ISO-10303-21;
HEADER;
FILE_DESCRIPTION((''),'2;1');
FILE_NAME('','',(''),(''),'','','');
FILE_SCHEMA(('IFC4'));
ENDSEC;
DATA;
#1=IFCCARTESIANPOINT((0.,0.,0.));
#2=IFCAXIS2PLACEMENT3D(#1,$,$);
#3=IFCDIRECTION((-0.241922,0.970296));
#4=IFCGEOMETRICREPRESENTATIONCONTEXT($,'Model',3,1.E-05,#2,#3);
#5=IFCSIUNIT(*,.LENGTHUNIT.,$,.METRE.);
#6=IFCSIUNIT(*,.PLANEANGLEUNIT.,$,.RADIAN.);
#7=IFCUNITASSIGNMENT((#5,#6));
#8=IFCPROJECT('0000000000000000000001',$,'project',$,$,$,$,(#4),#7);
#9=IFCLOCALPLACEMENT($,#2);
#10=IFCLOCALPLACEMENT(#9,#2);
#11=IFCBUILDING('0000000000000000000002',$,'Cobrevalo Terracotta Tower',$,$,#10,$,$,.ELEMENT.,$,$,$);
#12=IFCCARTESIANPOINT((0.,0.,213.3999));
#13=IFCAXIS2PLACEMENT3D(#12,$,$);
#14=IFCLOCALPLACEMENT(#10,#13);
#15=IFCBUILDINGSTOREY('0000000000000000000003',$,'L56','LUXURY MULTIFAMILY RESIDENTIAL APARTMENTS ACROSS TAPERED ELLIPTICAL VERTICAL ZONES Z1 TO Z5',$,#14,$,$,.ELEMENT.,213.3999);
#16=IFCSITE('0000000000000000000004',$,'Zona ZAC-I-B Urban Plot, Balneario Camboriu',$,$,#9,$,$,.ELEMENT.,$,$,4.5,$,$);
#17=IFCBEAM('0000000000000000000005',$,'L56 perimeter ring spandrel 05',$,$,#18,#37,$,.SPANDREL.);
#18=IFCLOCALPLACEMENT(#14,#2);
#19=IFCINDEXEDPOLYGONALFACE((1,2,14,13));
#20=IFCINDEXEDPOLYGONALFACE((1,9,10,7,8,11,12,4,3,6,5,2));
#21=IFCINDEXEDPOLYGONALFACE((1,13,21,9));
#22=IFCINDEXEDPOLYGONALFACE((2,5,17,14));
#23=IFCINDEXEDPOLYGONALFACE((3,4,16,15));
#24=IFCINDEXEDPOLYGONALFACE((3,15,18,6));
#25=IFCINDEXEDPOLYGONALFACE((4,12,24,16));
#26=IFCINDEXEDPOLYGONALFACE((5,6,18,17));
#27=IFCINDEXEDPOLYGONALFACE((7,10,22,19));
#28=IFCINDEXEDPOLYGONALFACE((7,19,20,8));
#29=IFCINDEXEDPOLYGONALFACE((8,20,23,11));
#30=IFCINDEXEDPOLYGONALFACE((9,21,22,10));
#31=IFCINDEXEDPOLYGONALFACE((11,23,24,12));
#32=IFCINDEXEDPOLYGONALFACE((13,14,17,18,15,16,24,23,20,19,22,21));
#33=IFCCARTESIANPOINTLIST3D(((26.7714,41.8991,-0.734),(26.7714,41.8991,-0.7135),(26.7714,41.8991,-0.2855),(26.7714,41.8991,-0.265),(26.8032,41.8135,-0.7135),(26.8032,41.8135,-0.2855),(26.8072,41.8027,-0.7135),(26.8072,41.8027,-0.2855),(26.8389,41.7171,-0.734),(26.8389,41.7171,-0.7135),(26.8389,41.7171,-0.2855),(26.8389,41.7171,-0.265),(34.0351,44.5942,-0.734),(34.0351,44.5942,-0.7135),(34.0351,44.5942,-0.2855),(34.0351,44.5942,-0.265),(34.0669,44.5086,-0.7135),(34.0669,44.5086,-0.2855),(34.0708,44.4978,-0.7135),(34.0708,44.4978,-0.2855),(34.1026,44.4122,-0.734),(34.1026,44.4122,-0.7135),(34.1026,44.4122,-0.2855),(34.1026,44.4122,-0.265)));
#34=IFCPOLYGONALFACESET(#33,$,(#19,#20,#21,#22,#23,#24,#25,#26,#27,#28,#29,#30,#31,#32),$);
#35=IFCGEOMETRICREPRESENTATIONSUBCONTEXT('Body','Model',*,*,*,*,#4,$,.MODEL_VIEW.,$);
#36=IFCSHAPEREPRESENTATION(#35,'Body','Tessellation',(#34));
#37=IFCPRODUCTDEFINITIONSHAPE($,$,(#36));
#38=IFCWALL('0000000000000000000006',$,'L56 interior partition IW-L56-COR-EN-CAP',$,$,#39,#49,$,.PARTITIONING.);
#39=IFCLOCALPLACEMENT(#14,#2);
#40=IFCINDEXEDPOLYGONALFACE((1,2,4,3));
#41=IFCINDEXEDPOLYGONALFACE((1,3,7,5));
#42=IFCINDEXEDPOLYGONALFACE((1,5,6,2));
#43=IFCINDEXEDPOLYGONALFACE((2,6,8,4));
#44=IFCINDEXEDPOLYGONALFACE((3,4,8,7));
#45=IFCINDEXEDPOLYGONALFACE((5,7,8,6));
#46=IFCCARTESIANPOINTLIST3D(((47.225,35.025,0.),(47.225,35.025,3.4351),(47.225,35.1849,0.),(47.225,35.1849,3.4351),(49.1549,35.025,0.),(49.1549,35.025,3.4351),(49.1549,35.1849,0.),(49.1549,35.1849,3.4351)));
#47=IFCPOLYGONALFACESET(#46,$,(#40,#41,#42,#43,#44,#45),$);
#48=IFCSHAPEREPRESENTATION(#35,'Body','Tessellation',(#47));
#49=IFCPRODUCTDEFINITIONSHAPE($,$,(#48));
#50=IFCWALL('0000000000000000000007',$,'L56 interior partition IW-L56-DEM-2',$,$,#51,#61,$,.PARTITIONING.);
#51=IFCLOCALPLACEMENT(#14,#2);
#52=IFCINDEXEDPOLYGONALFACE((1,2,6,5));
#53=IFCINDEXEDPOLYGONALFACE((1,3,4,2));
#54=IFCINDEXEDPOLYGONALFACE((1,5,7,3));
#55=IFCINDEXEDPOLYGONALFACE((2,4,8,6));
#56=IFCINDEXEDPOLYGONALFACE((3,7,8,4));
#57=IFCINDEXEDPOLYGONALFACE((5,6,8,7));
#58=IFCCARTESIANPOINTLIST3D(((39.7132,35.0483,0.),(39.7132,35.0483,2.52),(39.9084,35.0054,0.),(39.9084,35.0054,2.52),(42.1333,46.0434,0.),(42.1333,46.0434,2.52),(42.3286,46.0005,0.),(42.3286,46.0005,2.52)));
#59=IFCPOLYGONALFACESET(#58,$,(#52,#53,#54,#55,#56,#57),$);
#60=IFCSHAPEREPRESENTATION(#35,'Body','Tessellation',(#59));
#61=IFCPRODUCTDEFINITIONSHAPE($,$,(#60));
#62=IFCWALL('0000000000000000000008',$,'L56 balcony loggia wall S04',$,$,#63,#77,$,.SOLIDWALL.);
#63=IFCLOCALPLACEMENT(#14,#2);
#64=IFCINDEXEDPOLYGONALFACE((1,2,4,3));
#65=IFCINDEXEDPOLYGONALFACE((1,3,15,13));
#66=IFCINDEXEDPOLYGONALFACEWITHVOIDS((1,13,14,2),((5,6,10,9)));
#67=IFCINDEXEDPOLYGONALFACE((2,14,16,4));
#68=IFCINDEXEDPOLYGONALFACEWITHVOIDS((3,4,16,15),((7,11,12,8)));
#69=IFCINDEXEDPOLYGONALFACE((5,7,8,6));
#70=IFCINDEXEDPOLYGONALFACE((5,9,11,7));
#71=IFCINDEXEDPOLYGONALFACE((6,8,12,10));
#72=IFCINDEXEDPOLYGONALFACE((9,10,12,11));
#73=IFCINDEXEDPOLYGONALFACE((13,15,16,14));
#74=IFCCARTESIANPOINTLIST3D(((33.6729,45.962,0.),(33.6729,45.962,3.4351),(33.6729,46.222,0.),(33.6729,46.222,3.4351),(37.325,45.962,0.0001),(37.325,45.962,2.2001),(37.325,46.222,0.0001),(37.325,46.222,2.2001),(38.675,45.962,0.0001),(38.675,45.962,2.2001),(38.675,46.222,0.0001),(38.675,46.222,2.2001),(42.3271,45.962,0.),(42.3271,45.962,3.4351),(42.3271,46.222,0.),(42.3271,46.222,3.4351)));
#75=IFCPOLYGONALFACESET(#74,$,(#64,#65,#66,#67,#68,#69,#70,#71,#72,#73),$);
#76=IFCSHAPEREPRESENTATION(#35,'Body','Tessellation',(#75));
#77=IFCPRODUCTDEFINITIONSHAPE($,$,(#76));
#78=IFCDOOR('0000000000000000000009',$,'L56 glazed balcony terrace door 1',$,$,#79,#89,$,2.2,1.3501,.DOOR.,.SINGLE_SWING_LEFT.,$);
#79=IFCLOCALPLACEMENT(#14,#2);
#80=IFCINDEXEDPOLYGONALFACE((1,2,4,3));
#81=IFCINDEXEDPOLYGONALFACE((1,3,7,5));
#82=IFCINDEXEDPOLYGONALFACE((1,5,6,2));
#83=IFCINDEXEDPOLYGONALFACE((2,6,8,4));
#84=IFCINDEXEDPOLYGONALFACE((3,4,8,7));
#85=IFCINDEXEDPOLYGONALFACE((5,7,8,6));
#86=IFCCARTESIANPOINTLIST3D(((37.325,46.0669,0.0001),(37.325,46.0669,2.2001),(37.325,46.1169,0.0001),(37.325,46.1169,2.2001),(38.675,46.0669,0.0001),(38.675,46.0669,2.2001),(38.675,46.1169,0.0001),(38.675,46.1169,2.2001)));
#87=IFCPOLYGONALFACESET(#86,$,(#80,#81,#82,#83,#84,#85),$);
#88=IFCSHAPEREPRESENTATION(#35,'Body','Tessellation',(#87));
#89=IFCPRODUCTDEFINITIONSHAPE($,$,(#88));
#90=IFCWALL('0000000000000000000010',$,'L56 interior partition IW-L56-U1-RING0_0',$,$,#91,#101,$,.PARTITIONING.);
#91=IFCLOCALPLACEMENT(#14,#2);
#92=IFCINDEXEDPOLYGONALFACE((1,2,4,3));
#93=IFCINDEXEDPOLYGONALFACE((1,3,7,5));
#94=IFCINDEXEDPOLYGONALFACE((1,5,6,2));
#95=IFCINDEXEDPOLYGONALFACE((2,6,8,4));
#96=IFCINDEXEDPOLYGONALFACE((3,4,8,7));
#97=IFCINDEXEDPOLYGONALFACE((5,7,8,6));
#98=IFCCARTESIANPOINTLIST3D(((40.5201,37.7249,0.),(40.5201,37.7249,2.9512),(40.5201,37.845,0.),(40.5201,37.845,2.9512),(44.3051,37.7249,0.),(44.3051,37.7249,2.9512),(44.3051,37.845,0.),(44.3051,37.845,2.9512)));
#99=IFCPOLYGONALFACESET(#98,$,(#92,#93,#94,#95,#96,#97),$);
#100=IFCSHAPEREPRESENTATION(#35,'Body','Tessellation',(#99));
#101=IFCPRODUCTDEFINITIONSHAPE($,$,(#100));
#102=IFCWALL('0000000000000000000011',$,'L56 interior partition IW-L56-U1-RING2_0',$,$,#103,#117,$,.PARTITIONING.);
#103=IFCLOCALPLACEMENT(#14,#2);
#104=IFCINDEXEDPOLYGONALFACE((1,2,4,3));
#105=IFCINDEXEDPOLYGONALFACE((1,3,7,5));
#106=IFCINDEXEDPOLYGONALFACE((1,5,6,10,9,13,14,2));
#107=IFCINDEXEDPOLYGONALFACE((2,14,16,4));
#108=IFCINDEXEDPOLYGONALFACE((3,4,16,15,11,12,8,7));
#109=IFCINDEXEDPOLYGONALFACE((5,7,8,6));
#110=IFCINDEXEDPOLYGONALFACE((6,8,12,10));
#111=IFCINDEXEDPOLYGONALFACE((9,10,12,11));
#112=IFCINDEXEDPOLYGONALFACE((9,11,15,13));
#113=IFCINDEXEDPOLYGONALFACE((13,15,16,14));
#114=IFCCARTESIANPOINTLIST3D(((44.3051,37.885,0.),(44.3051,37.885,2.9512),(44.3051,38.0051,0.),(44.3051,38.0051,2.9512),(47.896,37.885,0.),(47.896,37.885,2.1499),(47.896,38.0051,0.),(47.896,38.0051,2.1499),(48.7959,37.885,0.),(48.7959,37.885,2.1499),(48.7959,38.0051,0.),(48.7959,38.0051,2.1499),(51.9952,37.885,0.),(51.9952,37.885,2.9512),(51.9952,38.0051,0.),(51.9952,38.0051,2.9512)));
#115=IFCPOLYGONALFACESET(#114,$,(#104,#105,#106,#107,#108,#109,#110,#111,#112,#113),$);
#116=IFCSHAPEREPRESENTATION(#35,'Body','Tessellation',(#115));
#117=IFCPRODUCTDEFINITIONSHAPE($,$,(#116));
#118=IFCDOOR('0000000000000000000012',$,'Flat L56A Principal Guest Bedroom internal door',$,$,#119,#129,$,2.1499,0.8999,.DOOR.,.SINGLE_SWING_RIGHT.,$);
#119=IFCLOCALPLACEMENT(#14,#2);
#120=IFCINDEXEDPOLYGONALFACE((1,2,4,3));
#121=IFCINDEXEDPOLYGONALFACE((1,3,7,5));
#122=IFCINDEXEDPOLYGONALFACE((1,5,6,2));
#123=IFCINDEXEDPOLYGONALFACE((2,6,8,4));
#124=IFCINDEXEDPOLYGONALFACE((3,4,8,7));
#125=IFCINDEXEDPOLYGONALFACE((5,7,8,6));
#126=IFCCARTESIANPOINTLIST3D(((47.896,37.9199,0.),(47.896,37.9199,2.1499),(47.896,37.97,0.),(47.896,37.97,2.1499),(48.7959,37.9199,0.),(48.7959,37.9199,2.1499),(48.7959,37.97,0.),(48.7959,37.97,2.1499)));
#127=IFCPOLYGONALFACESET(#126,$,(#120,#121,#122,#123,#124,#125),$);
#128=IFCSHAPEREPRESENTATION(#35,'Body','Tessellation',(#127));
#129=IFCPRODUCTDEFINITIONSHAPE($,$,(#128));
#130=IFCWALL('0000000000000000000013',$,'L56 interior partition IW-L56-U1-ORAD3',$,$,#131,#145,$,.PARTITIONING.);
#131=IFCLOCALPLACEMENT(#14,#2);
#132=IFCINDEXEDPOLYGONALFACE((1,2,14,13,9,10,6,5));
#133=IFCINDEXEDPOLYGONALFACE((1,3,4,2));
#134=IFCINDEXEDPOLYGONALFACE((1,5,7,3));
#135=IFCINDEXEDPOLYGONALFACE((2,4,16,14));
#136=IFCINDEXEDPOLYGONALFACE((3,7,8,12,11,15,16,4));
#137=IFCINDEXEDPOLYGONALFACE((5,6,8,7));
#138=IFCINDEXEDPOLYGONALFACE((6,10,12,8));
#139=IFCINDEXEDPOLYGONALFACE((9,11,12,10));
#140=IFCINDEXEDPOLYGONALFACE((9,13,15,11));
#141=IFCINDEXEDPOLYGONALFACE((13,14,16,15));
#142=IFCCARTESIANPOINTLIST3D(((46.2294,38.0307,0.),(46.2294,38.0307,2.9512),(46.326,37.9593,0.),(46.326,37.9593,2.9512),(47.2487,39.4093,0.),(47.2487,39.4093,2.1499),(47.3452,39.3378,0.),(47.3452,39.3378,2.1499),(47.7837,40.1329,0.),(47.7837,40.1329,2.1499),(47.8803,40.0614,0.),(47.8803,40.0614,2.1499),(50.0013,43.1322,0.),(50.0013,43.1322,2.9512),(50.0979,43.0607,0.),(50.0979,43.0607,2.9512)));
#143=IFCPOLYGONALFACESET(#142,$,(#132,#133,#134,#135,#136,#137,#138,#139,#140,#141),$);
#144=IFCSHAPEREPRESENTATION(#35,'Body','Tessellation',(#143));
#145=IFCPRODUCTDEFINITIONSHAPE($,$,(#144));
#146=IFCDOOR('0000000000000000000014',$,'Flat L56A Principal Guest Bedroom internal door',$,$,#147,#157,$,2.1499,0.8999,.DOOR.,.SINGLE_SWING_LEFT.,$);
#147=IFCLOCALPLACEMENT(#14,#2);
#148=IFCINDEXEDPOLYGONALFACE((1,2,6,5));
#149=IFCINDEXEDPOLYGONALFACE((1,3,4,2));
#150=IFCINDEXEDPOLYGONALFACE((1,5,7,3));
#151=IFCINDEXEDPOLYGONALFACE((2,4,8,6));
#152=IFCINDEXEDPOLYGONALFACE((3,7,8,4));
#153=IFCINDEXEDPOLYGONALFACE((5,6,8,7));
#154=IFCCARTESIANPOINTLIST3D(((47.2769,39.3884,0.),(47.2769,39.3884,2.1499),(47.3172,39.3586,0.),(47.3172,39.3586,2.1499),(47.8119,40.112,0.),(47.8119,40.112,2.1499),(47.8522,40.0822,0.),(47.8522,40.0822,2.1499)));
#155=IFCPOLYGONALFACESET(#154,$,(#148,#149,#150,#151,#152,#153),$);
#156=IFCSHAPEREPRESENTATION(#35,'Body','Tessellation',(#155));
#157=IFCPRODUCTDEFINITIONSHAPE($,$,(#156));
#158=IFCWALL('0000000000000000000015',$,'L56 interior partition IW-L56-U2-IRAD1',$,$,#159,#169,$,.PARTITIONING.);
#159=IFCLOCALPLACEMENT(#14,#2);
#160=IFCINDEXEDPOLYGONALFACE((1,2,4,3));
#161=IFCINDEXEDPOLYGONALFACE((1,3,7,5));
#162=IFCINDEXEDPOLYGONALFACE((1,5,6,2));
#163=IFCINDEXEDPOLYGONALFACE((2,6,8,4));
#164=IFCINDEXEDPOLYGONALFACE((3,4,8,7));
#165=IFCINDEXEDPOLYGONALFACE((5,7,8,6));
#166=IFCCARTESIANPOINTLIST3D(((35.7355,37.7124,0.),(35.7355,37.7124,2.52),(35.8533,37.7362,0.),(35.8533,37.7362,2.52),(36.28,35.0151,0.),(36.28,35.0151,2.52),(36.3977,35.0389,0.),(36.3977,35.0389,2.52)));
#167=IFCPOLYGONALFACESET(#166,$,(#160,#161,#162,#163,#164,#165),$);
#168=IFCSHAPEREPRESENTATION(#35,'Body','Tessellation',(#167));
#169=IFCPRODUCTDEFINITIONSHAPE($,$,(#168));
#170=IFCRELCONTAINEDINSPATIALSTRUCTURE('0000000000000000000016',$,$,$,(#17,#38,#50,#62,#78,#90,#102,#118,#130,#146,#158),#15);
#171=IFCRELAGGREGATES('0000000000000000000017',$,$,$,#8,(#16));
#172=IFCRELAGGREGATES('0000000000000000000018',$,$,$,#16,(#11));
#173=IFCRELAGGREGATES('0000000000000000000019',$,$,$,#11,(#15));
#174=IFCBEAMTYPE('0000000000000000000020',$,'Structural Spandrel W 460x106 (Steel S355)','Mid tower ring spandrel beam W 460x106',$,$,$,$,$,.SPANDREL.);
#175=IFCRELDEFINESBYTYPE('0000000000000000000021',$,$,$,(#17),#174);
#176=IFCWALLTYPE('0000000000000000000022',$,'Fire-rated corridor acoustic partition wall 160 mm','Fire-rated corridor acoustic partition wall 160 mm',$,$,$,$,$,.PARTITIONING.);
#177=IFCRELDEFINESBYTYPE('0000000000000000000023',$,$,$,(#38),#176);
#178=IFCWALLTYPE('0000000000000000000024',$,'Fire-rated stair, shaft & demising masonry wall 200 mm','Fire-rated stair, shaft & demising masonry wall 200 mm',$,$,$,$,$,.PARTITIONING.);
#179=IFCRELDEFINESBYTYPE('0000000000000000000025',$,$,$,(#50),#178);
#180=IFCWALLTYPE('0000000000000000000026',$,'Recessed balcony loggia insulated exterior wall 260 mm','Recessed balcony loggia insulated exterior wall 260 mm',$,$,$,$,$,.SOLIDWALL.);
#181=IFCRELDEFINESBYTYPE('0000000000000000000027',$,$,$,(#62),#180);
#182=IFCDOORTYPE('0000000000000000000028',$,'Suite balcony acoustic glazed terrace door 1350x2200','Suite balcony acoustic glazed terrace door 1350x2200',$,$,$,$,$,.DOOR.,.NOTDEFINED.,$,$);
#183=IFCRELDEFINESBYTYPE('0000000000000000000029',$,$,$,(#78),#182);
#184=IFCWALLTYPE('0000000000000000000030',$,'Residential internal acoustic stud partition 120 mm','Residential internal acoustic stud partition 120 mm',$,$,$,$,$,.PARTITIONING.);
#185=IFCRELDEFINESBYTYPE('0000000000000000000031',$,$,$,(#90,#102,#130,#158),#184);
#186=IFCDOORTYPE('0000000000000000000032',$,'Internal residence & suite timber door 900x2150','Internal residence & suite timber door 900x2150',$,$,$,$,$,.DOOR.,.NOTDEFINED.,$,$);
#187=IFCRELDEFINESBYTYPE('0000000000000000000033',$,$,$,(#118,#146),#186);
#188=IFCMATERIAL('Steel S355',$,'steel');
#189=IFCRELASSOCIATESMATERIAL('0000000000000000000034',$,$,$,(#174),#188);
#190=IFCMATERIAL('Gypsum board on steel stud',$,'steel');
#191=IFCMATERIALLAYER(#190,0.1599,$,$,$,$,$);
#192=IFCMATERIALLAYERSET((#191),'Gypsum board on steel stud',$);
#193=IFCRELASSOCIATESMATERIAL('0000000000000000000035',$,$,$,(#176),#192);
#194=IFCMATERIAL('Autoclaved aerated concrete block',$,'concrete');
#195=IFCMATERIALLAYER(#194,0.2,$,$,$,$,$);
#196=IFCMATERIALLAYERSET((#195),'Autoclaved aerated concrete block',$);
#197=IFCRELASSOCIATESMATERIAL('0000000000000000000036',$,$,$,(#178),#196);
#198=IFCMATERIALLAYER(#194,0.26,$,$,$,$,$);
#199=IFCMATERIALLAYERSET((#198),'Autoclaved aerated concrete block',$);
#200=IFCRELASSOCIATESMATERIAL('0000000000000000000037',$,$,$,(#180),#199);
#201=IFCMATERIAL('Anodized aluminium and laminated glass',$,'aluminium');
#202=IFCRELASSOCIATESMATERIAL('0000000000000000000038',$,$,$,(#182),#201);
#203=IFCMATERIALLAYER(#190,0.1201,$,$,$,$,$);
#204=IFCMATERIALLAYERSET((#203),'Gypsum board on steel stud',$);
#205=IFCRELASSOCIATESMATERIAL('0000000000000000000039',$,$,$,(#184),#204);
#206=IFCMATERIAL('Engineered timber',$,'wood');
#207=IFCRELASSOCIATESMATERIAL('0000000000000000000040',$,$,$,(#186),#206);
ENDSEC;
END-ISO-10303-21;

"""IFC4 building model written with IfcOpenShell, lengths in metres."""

from ifc_helpers import new_model, si_unit, direction, frame, frame_2d, origin, origin_2d, place, context, subcontext, project, spatial, rectangle, i_section, extrude, source, transform, mapped, material, layer, layer_set, material_profile, profile_set, type_object, element, fill, save


model = new_model("IFC4")

# Units and contexts
model_context = context("Model", 3, precision=1e-05, world=origin(), true_north=direction((-0.241922, 0.970296)))
body_context = subcontext(model_context, "Body", "Model", "MODEL_VIEW")
ifc_project = project(units=[si_unit("LENGTHUNIT", "METRE"), si_unit("PLANEANGLEUNIT", "RADIAN")], contexts=[model_context])

# Site, building, storey
site_placement = place(None, origin())
site = spatial("IfcSite", under=ifc_project, at=site_placement, Name="Zona ZAC-I-B Urban Plot, Balneario Camboriu", CompositionType="ELEMENT", RefElevation=4.5)
building_placement = place(site_placement, origin())
building = spatial("IfcBuilding", under=site, at=building_placement, Name="Cobrevalo Terracotta Tower", CompositionType="ELEMENT")
storey_placement = place(building_placement, frame((0.0, 0.0, 213.3999)))
storey = spatial("IfcBuildingStorey", under=building, at=storey_placement, Name="L56", Description="LUXURY MULTIFAMILY RESIDENTIAL APARTMENTS ACROSS TAPERED ELLIPTICAL VERTICAL ZONES Z1 TO Z5", CompositionType="ELEMENT", Elevation=213.3999)

# Shared definitions
ifc_material_1 = material(Name="Steel S355", Category="steel")

# Beam
ifc_material_profile_1 = material_profile(ifc_material_1, i_section(OverallWidth=0.1941, OverallDepth=0.469, WebThickness=0.0115, FlangeThickness=0.0205, at=origin_2d()), Name="W 460x106")
ifc_profile_set_1 = profile_set([ifc_material_profile_1], Name="Steel S355")
beam_type_1 = type_object("IfcBeamType", Name="Structural Spandrel W 460x106 (Steel S355)", Description="Mid tower ring spandrel beam W 460x106", PredefinedType="SPANDREL", material=ifc_profile_set_1)
beam_1_placement = place(storey_placement, frame((34.0688, 44.5032, -0.4995), z_axis=(-0.937546, -0.347861, 0.0), x_axis=(0.347861, -0.937546, 0.0)))
element("IfcBeam", 1, at=beam_1_placement, inside=storey, type_object=beam_type_1, Name="L56 perimeter ring spandrel 05", PredefinedType="SPANDREL", context=body_context, shape_type="SweptSolid", body=[
    extrude(i_section(OverallWidth=0.1941, OverallDepth=0.469, WebThickness=0.0115, FlangeThickness=0.0205, at=origin_2d()), origin(), (0.0, 0.0, 1.0), 7.7476),
])

# Walls
ifc_material_2 = material(Name="Gypsum board on steel stud", Category="steel")
ifc_layer_1 = layer(ifc_material_2, 0.1599)
ifc_layer_set_1 = layer_set([ifc_layer_1], Name="Gypsum board on steel stud")
wall_type_1 = type_object("IfcWallType", Name="Fire-rated corridor acoustic partition wall 160 mm", Description="Fire-rated corridor acoustic partition wall 160 mm", PredefinedType="PARTITIONING", material=ifc_layer_set_1)
wall_1_placement = place(storey_placement, frame((47.2251, 35.105, 0.0), z_axis=(0.0, 0.0, 1.0), x_axis=(1.0, 0.0, 0.0)))
element("IfcWall", 2, at=wall_1_placement, inside=storey, type_object=wall_type_1, Name="L56 interior partition IW-L56-COR-EN-CAP", PredefinedType="PARTITIONING", context=body_context, shape_type="SweptSolid", body=[
    extrude(rectangle(XDim=1.9299, YDim=0.1599, at=frame_2d((0.9648, 0.0))), origin(), (0.0, 0.0, 1.0), 3.4351),
])
ifc_material_3 = material(Name="Autoclaved aerated concrete block", Category="concrete")
ifc_layer_2 = layer(ifc_material_3, 0.2)
ifc_layer_set_2 = layer_set([ifc_layer_2], Name="Autoclaved aerated concrete block")
wall_type_2 = type_object("IfcWallType", Name="Fire-rated stair, shaft & demising masonry wall 200 mm", Description="Fire-rated stair, shaft & demising masonry wall 200 mm", PredefinedType="PARTITIONING", material=ifc_layer_set_2)
wall_2_placement = place(storey_placement, frame((39.8108, 35.0269, 0.0), z_axis=(0.0, 0.0, 1.0), x_axis=(0.214967, 0.976621, 0.0)))
element("IfcWall", 3, at=wall_2_placement, inside=storey, type_object=wall_type_2, Name="L56 interior partition IW-L56-DEM-2", PredefinedType="PARTITIONING", context=body_context, shape_type="SweptSolid", body=[
    extrude(rectangle(XDim=11.2583, YDim=0.2, at=frame_2d((5.6292, 0.0))), origin(), (0.0, 0.0, 1.0), 2.52),
])

# Wall, opening, door
ifc_layer_3 = layer(ifc_material_3, 0.26)
ifc_layer_set_3 = layer_set([ifc_layer_3], Name="Autoclaved aerated concrete block")
wall_type_3 = type_object("IfcWallType", Name="Recessed balcony loggia insulated exterior wall 260 mm", Description="Recessed balcony loggia insulated exterior wall 260 mm", PredefinedType="SOLIDWALL", material=ifc_layer_set_3)
wall_3_placement = place(storey_placement, frame((42.3271, 46.092, 0.0), z_axis=(0.0, 0.0, 1.0), x_axis=(-1.0, 0.0, 0.0)))
wall_3 = element("IfcWall", 4, at=wall_3_placement, inside=storey, type_object=wall_type_3, Name="L56 balcony loggia wall S04", PredefinedType="SOLIDWALL", context=body_context, shape_type="SweptSolid", body=[
    extrude(rectangle(XDim=8.6543, YDim=0.26, at=frame_2d((4.3271, 0.0))), origin(), (0.0, 0.0, 1.0), 3.4351),
])
opening_1_placement = place(wall_3_placement, frame((3.6521, 0.0, 0.0)))
opening_1 = element("IfcOpeningElement", 5, at=opening_1_placement, cuts=wall_3, PredefinedType="OPENING", context=body_context, shape_type="SweptSolid", body=[
    extrude(rectangle(XDim=1.3501, YDim=2.2, at=frame_2d((0.675, 1.1001))), frame((0.0, 0.1401, 0.0), z_axis=(0.0, -1.0, 0.0), x_axis=(1.0, 0.0, 0.0)), (0.0, 0.0, 1.0), 0.28),
])
ifc_material_4 = material(Name="Anodized aluminium and laminated glass", Category="aluminium")
door_type_1 = type_object("IfcDoorType", Name="Suite balcony acoustic glazed terrace door 1350x2200", Description="Suite balcony acoustic glazed terrace door 1350x2200", OperationType="NOTDEFINED", PredefinedType="DOOR", material=ifc_material_4)
shared_shape_1 = source(origin(), body_context, "Body", "SweptSolid", [
    extrude(rectangle(XDim=1.3501, YDim=2.2, at=frame_2d((0.675, 1.1001))), frame((0.0, 0.0249, 0.0), z_axis=(0.0, -1.0, 0.0), x_axis=(1.0, 0.0, 0.0)), (0.0, 0.0, 1.0), 0.05),
])
door_1_placement = place(opening_1_placement, frame((1.3501, 0.0, 0.0), z_axis=(0.0, 0.0, 1.0), x_axis=(-1.0, 0.0, 0.0)))
door_1 = element("IfcDoor", 6, at=door_1_placement, inside=storey, type_object=door_type_1, Name="L56 glazed balcony terrace door 1", OperationType="SINGLE_SWING_LEFT", OverallHeight=2.2, OverallWidth=1.3501, PredefinedType="DOOR", context=body_context, shape_type="MappedRepresentation", body=[
    mapped(shared_shape_1, transform((0.0, 0.0, 0.0), scale=1.0)),
])
fill(opening_1, door_1)

# Wall
ifc_layer_4 = layer(ifc_material_2, 0.1201)
ifc_layer_set_4 = layer_set([ifc_layer_4], Name="Gypsum board on steel stud")
wall_type_4 = type_object("IfcWallType", Name="Residential internal acoustic stud partition 120 mm", Description="Residential internal acoustic stud partition 120 mm", PredefinedType="PARTITIONING", material=ifc_layer_set_4)
wall_4_placement = place(storey_placement, frame((40.52, 37.7849, 0.0), z_axis=(0.0, 0.0, 1.0), x_axis=(1.0, 0.0, 0.0)))
element("IfcWall", 7, at=wall_4_placement, inside=storey, type_object=wall_type_4, Name="L56 interior partition IW-L56-U1-RING0_0", PredefinedType="PARTITIONING", context=body_context, shape_type="SweptSolid", body=[
    extrude(rectangle(XDim=3.7849, YDim=0.1201, at=frame_2d((1.8926, 0.0))), origin(), (0.0, 0.0, 1.0), 2.9512),
])

# Walls, openings, doors
wall_5_placement = place(storey_placement, frame((44.3049, 37.9451, 0.0), z_axis=(0.0, 0.0, 1.0), x_axis=(1.0, 0.0, 0.0)))
wall_5 = element("IfcWall", 8, at=wall_5_placement, inside=storey, type_object=wall_type_4, Name="L56 interior partition IW-L56-U1-RING2_0", PredefinedType="PARTITIONING", context=body_context, shape_type="SweptSolid", body=[
    extrude(rectangle(XDim=7.6902, YDim=0.1201, at=frame_2d((3.8452, 0.0))), origin(), (0.0, 0.0, 1.0), 2.9512),
])
opening_2_placement = place(wall_5_placement, frame((3.5911, 0.0, 0.0)))
opening_2 = element("IfcOpeningElement", 9, at=opening_2_placement, cuts=wall_5, PredefinedType="OPENING", context=body_context, shape_type="SweptSolid", body=[
    extrude(rectangle(XDim=0.8999, YDim=2.1499, at=frame_2d((0.45, 1.075))), frame((0.0, 0.0701, 0.0), z_axis=(0.0, -1.0, 0.0), x_axis=(1.0, 0.0, 0.0)), (0.0, 0.0, 1.0), 0.1401),
])
ifc_material_5 = material(Name="Engineered timber", Category="wood")
door_type_2 = type_object("IfcDoorType", Name="Internal residence & suite timber door 900x2150", Description="Internal residence & suite timber door 900x2150", OperationType="NOTDEFINED", PredefinedType="DOOR", material=ifc_material_5)
shared_shape_2 = source(origin(), body_context, "Body", "SweptSolid", [
    extrude(rectangle(XDim=0.8999, YDim=2.1499, at=frame_2d((0.45, 1.075))), frame((0.0, 0.0249, 0.0), z_axis=(0.0, -1.0, 0.0), x_axis=(1.0, 0.0, 0.0)), (0.0, 0.0, 1.0), 0.05),
])
door_2_placement = place(opening_2_placement, origin())
door_2 = element("IfcDoor", 10, at=door_2_placement, inside=storey, type_object=door_type_2, Name="Flat L56A Principal Guest Bedroom internal door", OperationType="SINGLE_SWING_RIGHT", OverallHeight=2.1499, OverallWidth=0.8999, PredefinedType="DOOR", context=body_context, shape_type="MappedRepresentation", body=[
    mapped(shared_shape_2, transform((0.0, 0.0, 0.0), scale=1.0)),
])
fill(opening_2, door_2)
wall_6_placement = place(storey_placement, frame((46.2776, 37.9949, 0.0), z_axis=(0.0, 0.0, 1.0), x_axis=(0.594519, 0.804082, 0.0)))
wall_6 = element("IfcWall", 11, at=wall_6_placement, inside=storey, type_object=wall_type_4, Name="L56 interior partition IW-L56-U1-ORAD3", PredefinedType="PARTITIONING", context=body_context, shape_type="SweptSolid", body=[
    extrude(rectangle(XDim=6.3445, YDim=0.1201, at=frame_2d((3.1724, 0.0))), origin(), (0.0, 0.0, 1.0), 2.9512),
])
opening_3_placement = place(wall_6_placement, frame((1.7146, 0.0, 0.0)))
opening_3 = element("IfcOpeningElement", 12, at=opening_3_placement, cuts=wall_6, PredefinedType="OPENING", context=body_context, shape_type="SweptSolid", body=[
    extrude(rectangle(XDim=0.8999, YDim=2.1499, at=frame_2d((0.45, 1.075))), frame((0.0, 0.0701, 0.0), z_axis=(0.0, -1.0, 0.0), x_axis=(1.0, 0.0, 0.0)), (0.0, 0.0, 1.0), 0.1401),
])
door_3_placement = place(opening_3_placement, origin())
door_3 = element("IfcDoor", 13, at=door_3_placement, inside=storey, type_object=door_type_2, Name="Flat L56A Principal Guest Bedroom internal door", OperationType="SINGLE_SWING_LEFT", OverallHeight=2.1499, OverallWidth=0.8999, PredefinedType="DOOR", context=body_context, shape_type="MappedRepresentation", body=[
    mapped(shared_shape_2, transform((0.0, 0.0, 0.0), scale=1.0)),
])
fill(opening_3, door_3)

# Wall
wall_7_placement = place(storey_placement, frame((36.3389, 35.0269, 0.0), z_axis=(0.0, 0.0, 1.0), x_axis=(-0.197856, 0.980231, 0.0)))
element("IfcWall", 14, at=wall_7_placement, inside=storey, type_object=wall_type_4, Name="L56 interior partition IW-L56-U2-IRAD1", PredefinedType="PARTITIONING", context=body_context, shape_type="SweptSolid", body=[
    extrude(rectangle(XDim=2.7517, YDim=0.1201, at=frame_2d((1.376, 0.0))), origin(), (0.0, 0.0, 1.0), 2.52),
])

save(model, "model.ifc")
